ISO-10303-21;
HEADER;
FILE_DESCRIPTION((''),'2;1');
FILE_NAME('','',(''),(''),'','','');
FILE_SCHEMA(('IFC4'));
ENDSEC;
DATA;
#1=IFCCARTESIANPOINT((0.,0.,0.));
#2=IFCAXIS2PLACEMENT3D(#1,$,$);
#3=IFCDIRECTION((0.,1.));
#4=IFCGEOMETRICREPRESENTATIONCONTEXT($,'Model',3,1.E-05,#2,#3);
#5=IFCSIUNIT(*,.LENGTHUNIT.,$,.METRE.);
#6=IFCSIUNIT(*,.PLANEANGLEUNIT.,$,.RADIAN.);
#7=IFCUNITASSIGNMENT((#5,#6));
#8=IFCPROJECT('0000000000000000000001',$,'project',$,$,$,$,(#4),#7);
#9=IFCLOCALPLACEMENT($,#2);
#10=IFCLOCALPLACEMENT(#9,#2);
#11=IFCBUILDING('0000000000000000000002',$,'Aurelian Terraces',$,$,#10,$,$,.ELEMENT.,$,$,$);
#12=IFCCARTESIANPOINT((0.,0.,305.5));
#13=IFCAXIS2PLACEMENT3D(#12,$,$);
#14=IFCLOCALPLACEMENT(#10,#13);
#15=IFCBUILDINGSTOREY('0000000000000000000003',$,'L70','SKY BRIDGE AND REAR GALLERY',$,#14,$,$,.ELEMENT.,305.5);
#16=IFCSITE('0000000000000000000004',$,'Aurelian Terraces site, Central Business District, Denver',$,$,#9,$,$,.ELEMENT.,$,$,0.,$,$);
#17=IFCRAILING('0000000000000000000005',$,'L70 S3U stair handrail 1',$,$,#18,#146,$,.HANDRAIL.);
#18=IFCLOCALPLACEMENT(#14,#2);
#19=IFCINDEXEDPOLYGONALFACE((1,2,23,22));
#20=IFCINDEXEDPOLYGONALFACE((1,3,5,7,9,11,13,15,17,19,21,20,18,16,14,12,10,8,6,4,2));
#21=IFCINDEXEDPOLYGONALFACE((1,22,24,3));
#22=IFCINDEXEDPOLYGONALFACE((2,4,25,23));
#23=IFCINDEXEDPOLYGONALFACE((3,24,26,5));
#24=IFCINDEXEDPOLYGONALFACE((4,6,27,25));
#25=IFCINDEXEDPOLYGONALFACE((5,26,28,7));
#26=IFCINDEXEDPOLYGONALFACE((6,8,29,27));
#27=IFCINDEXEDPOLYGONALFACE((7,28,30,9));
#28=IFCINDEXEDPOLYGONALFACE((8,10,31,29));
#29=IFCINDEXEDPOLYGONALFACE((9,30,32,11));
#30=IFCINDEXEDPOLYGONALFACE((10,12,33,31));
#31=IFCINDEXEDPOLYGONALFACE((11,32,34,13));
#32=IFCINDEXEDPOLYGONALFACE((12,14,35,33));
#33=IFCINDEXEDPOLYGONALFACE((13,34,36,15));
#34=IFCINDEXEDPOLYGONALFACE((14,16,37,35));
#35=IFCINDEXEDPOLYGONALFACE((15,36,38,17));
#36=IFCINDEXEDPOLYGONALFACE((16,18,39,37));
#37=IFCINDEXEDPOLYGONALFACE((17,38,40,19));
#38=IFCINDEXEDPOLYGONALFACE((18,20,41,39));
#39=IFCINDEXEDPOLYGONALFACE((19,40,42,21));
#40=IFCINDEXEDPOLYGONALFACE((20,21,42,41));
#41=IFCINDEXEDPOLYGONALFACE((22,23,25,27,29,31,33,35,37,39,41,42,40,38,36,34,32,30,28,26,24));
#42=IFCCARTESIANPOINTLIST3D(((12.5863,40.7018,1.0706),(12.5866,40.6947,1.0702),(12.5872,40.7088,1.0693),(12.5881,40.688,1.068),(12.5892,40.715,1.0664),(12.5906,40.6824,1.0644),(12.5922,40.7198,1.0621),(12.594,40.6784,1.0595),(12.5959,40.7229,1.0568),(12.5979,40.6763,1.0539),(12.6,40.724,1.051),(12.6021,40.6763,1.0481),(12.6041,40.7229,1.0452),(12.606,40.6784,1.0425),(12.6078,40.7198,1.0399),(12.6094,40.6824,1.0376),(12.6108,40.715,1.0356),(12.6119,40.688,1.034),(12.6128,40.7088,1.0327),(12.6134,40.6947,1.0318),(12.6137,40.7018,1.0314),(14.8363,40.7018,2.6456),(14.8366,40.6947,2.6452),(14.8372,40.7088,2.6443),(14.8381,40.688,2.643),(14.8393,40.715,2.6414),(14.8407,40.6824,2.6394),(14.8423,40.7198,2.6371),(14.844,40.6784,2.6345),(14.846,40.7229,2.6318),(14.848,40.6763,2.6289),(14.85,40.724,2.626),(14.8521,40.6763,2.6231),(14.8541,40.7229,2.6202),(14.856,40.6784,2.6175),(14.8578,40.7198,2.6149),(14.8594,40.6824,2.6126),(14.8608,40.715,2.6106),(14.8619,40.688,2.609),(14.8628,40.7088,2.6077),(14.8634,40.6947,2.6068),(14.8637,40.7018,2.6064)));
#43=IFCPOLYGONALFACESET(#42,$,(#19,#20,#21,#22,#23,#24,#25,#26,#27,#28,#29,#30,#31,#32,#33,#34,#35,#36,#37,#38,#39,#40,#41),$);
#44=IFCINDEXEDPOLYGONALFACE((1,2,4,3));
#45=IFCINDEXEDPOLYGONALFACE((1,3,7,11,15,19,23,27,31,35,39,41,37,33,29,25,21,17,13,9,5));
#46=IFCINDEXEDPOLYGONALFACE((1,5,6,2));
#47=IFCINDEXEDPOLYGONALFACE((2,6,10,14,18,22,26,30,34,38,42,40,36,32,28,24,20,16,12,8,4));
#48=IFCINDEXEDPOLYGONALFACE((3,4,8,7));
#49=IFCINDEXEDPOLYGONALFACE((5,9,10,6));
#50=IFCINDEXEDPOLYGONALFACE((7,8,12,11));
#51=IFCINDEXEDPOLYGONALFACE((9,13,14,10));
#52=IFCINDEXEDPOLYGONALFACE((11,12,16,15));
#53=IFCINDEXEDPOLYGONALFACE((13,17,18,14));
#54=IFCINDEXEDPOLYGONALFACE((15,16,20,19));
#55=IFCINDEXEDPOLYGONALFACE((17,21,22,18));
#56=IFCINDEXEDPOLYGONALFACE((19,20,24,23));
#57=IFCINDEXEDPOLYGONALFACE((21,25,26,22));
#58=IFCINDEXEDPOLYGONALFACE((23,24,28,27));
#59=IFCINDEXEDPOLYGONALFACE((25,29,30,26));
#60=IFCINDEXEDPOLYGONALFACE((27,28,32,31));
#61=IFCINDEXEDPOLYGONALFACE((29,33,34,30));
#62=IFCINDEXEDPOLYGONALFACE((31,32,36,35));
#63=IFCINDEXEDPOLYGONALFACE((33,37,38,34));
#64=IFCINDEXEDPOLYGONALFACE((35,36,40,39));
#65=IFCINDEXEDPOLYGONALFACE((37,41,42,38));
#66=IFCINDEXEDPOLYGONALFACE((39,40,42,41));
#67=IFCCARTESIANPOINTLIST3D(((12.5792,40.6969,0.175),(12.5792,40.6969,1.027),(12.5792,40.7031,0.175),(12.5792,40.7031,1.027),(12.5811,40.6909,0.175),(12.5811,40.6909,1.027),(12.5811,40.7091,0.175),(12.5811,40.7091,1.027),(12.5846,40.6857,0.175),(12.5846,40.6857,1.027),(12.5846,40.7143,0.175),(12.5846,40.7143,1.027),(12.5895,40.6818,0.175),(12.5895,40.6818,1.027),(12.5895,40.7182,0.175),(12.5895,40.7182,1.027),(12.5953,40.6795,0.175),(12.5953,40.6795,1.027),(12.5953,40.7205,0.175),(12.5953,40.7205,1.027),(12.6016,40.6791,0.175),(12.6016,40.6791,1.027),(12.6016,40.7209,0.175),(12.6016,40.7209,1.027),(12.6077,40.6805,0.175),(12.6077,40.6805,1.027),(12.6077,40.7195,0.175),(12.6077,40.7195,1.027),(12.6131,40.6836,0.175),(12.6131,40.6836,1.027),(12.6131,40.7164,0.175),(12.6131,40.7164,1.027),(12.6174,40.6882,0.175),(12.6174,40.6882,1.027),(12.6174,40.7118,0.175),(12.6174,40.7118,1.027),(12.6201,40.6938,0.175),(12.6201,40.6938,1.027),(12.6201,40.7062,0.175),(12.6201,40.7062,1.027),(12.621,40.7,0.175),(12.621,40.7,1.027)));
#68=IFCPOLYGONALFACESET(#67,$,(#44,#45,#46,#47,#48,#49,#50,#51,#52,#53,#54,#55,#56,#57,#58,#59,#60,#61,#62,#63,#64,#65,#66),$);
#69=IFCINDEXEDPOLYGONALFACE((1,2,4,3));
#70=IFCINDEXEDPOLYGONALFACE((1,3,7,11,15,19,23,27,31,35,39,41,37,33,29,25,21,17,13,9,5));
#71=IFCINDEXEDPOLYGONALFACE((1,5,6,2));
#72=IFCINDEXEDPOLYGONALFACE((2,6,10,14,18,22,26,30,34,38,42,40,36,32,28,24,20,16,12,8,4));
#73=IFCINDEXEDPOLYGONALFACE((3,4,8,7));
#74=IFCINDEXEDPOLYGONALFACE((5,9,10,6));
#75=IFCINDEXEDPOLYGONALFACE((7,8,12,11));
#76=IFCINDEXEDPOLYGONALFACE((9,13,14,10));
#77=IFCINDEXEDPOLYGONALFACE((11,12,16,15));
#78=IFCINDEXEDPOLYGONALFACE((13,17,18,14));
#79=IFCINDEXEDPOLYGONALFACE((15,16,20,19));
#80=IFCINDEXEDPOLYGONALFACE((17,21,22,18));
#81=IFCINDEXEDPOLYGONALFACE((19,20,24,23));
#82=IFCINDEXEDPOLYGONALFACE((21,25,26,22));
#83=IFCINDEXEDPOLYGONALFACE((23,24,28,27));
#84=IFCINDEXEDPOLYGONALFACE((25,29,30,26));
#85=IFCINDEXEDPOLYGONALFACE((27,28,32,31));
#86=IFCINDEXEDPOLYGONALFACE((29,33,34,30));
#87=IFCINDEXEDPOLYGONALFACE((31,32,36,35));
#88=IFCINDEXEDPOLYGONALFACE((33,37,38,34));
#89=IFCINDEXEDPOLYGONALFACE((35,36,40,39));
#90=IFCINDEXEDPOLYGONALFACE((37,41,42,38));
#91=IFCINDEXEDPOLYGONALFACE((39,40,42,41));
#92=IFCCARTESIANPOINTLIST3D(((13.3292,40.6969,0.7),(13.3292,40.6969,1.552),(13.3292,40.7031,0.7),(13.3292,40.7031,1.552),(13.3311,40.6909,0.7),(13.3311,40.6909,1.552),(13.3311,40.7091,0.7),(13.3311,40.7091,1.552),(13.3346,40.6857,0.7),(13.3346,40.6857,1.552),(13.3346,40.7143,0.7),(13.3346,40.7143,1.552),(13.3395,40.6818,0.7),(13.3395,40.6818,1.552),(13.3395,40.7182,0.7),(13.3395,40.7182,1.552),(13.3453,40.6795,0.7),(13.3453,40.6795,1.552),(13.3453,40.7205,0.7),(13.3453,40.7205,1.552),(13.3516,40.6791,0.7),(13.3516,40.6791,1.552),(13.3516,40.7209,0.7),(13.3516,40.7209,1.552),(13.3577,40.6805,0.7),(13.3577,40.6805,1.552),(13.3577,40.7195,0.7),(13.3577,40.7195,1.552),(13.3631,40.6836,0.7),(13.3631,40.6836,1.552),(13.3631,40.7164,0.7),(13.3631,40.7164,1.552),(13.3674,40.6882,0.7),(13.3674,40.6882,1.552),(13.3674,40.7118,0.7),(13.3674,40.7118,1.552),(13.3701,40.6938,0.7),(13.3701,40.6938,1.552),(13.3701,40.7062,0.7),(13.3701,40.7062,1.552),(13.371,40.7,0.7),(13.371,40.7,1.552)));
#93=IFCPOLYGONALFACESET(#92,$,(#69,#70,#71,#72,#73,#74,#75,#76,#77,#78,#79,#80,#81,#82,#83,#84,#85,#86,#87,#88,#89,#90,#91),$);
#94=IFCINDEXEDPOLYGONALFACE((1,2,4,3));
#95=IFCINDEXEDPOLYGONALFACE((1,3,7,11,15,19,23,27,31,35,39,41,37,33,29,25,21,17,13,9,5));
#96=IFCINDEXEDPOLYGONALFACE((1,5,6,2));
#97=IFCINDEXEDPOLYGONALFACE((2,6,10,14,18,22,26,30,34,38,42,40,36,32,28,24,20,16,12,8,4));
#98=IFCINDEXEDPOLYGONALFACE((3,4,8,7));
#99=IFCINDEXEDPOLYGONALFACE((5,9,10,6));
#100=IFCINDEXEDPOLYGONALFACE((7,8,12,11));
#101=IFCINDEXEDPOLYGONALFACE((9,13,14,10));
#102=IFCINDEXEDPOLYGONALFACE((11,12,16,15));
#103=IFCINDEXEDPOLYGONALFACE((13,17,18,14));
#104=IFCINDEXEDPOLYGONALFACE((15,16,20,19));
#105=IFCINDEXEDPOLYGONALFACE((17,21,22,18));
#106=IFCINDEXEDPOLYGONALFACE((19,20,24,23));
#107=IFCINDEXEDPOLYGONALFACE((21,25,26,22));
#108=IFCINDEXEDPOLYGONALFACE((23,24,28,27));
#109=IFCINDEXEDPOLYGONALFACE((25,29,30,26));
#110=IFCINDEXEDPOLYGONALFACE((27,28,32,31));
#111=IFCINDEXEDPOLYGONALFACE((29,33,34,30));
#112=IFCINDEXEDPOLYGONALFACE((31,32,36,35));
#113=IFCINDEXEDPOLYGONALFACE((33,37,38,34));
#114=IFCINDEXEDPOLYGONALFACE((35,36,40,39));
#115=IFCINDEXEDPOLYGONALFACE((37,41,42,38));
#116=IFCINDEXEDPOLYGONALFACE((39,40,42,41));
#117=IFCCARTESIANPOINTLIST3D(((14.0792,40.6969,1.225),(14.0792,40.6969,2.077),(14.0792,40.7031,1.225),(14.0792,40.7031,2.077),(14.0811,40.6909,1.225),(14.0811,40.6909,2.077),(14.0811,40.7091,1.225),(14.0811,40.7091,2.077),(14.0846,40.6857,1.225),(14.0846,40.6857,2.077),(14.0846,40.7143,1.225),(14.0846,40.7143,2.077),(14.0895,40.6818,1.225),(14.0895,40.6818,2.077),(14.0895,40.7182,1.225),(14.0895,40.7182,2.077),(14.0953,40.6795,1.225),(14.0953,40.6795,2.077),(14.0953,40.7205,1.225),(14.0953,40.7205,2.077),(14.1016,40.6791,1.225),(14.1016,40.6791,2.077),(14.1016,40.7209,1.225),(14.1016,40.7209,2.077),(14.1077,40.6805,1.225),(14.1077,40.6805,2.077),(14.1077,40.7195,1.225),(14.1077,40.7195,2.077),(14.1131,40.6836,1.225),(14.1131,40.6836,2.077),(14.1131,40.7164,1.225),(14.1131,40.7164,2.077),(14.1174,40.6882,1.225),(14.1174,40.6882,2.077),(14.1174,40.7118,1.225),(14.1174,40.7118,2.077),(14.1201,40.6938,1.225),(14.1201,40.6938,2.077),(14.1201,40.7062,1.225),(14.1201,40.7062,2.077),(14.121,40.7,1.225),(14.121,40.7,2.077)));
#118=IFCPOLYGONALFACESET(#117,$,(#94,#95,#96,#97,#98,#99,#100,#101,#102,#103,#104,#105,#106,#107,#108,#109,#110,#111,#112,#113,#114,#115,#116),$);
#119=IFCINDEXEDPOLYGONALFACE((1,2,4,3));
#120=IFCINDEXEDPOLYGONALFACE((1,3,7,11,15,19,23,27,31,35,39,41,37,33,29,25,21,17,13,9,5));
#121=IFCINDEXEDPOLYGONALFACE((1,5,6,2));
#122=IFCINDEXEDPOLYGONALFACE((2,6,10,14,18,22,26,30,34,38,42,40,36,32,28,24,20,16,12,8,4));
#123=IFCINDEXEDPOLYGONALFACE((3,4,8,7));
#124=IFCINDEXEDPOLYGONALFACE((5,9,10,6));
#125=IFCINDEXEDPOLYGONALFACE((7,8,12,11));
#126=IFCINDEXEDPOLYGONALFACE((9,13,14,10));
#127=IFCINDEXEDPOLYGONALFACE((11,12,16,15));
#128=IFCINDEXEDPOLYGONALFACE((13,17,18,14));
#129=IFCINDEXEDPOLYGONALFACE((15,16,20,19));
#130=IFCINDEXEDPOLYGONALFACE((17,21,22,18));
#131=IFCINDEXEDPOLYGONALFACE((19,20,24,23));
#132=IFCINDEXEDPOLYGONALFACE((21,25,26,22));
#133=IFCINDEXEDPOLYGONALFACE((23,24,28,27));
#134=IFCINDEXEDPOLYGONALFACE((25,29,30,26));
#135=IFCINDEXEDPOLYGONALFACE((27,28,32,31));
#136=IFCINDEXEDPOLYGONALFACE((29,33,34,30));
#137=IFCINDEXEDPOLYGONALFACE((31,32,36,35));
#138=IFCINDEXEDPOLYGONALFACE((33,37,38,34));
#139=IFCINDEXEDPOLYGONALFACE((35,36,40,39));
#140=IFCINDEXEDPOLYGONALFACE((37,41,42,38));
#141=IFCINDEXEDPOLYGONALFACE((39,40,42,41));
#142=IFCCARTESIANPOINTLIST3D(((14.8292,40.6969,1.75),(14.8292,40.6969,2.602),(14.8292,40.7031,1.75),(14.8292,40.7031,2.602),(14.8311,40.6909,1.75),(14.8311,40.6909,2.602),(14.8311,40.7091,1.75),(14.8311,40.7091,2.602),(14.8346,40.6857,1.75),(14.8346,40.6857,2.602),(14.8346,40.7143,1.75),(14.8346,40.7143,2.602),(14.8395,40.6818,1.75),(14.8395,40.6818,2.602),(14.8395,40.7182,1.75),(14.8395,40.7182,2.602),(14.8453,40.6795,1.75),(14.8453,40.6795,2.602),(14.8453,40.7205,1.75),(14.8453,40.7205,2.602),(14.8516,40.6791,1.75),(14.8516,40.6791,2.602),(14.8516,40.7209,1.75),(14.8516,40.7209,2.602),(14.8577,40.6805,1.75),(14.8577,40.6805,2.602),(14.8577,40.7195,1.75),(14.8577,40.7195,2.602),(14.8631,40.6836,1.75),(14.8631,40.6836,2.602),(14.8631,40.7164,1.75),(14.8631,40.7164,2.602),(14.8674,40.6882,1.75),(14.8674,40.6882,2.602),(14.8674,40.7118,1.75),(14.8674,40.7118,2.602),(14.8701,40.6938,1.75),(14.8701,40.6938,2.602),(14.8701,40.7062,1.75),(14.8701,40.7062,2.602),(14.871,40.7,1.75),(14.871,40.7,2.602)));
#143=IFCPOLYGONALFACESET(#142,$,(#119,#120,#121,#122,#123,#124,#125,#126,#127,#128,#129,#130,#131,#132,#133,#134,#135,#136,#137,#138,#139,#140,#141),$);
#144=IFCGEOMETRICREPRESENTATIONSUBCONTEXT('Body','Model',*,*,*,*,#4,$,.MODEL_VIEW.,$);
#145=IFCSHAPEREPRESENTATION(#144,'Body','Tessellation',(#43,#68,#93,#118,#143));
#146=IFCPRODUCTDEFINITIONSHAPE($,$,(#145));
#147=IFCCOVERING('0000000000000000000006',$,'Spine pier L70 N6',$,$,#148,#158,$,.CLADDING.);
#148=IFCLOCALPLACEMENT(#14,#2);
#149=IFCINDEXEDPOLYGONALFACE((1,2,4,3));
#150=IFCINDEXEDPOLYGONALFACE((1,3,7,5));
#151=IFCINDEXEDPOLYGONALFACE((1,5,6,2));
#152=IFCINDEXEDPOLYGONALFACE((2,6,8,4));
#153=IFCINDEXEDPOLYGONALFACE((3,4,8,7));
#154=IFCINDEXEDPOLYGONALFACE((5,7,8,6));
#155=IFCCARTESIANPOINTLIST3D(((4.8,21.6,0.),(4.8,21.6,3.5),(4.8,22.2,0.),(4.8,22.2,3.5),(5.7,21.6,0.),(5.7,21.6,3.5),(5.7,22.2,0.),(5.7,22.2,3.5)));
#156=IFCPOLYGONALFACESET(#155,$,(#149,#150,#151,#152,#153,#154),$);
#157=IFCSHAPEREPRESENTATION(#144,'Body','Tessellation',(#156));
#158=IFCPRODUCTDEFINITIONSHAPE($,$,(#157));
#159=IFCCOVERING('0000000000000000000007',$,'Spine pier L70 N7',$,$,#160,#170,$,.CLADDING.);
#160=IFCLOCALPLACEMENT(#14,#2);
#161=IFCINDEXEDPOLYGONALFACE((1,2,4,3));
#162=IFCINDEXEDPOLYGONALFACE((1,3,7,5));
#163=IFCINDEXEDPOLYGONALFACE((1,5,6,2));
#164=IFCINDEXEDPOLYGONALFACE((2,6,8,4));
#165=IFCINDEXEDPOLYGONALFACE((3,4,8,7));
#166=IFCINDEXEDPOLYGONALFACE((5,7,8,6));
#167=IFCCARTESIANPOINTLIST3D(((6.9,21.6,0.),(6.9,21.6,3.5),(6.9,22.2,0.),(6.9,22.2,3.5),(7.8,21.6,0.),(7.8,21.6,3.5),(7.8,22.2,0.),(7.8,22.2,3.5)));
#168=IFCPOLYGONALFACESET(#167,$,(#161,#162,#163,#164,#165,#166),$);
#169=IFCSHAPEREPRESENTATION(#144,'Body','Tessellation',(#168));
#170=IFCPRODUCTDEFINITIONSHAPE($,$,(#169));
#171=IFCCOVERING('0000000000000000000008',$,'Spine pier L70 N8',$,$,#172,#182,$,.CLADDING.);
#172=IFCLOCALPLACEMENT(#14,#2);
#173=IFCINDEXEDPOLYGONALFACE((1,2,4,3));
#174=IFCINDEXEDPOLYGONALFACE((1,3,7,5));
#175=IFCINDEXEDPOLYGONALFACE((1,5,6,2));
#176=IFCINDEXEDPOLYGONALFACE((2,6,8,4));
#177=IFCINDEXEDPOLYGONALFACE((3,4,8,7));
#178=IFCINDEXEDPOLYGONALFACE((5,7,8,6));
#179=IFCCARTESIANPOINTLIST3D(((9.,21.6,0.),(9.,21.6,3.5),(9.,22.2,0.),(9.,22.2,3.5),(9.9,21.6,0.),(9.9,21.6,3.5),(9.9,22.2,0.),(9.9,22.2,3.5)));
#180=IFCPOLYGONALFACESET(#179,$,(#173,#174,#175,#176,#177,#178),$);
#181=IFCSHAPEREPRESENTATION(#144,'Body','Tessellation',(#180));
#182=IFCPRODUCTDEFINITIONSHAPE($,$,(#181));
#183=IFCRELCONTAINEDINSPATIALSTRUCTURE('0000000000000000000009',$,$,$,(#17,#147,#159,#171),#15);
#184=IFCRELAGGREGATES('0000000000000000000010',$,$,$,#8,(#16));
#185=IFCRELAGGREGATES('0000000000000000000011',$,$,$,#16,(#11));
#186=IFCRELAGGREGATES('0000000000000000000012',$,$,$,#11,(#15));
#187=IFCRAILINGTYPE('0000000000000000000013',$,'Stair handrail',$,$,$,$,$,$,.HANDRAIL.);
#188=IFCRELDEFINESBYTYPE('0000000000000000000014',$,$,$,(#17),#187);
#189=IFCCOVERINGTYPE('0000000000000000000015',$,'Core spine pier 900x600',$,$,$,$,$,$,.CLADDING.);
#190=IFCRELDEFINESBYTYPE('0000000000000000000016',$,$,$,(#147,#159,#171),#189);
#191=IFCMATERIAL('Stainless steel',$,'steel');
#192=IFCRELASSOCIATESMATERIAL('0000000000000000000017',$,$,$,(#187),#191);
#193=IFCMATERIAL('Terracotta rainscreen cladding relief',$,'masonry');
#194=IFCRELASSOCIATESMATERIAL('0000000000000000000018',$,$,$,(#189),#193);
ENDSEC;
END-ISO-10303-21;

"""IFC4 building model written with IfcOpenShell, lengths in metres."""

from ifc_helpers import new_model, si_unit, direction, frame, origin, origin_2d, place, context, subcontext, project, spatial, rectangle, circle, extrude, source, transform, mapped, material, type_object, element, save


model = new_model("IFC4")

# Units and contexts
model_context = context("Model", 3, precision=1e-05, world=origin(), true_north=direction((0.0, 1.0)))
body_context = subcontext(model_context, "Body", "Model", "MODEL_VIEW")
ifc_project = project(units=[si_unit("LENGTHUNIT", "METRE"), si_unit("PLANEANGLEUNIT", "RADIAN")], contexts=[model_context])

# Site, building, storey
site_placement = place(None, origin())
site = spatial("IfcSite", under=ifc_project, at=site_placement, Name="Aurelian Terraces site, Central Business District, Denver", CompositionType="ELEMENT", RefElevation=0.0)
building_placement = place(site_placement, origin())
building = spatial("IfcBuilding", under=site, at=building_placement, Name="Aurelian Terraces", CompositionType="ELEMENT")
storey_placement = place(building_placement, frame((0.0, 0.0, 305.5)))
storey = spatial("IfcBuildingStorey", under=building, at=storey_placement, Name="L70", Description="SKY BRIDGE AND REAR GALLERY", CompositionType="ELEMENT", Elevation=305.5)

# Shared definitions
ifc_material_1 = material(Name="Terracotta rainscreen cladding relief", Category="masonry")

# Railing
ifc_material_2 = material(Name="Stainless steel", Category="steel")
railing_type_1 = type_object("IfcRailingType", Name="Stair handrail", PredefinedType="HANDRAIL", material=ifc_material_2)
shared_shape_1 = source(origin(), body_context, "Body", "SweptSolid", [
    extrude(circle(Radius=0.024, at=origin_2d()), frame((0.0, 0.0, 0.876), z_axis=(0.819232, 0.0, 0.573462), x_axis=(0.0, 1.0, 0.0)), (0.0, 0.0, 1.0), 2.7465),
    extrude(circle(Radius=0.021, at=origin_2d()), origin(), (0.0, 0.0, 1.0), 0.852),
    extrude(circle(Radius=0.021, at=origin_2d()), frame((0.75, 0.0, 0.525)), (0.0, 0.0, 1.0), 0.852),
    extrude(circle(Radius=0.021, at=origin_2d()), frame((1.5, 0.0, 1.05)), (0.0, 0.0, 1.0), 0.852),
    extrude(circle(Radius=0.021, at=origin_2d()), frame((2.25, 0.0, 1.575)), (0.0, 0.0, 1.0), 0.852),
])
railing_1_placement = place(storey_placement, frame((12.6, 40.7, 0.175)))
element("IfcRailing", 1, at=railing_1_placement, inside=storey, type_object=railing_type_1, Name="L70 S3U stair handrail 1", PredefinedType="HANDRAIL", context=body_context, shape_type="MappedRepresentation", body=[
    mapped(shared_shape_1, transform((0.0, 0.0, 0.0), scale=1.0)),
])

# Coverings
covering_type_1 = type_object("IfcCoveringType", Name="Core spine pier 900x600", PredefinedType="CLADDING", material=ifc_material_1)
shared_shape_2 = source(origin(), body_context, "Body", "SweptSolid", [
    extrude(rectangle(XDim=0.9, YDim=0.6, at=origin_2d()), origin(), (0.0, 0.0, 1.0), 3.5),
])
for number, where, z_axis, x_axis, name in (
    (2, (5.25, 21.9, 0.0), (0.0, 0.0, 1.0), (1.0, 0.0, 0.0), "Spine pier L70 N6"),
    (3, (7.35, 21.9, 0.0), (0.0, 0.0, 1.0), (1.0, 0.0, 0.0), "Spine pier L70 N7"),
    (4, (9.45, 21.9, 0.0), (0.0, 0.0, 1.0), (1.0, 0.0, 0.0), "Spine pier L70 N8"),
):
    element("IfcCovering", number, at=place(storey_placement, frame(where, z_axis=z_axis, x_axis=x_axis)), inside=storey, type_object=covering_type_1, Name=name, PredefinedType="CLADDING", context=body_context, shape_type="MappedRepresentation", body=[
        mapped(shared_shape_2, transform((0.0, 0.0, 0.0), scale=1.0)),
    ])

save(model, "model.ifc")
